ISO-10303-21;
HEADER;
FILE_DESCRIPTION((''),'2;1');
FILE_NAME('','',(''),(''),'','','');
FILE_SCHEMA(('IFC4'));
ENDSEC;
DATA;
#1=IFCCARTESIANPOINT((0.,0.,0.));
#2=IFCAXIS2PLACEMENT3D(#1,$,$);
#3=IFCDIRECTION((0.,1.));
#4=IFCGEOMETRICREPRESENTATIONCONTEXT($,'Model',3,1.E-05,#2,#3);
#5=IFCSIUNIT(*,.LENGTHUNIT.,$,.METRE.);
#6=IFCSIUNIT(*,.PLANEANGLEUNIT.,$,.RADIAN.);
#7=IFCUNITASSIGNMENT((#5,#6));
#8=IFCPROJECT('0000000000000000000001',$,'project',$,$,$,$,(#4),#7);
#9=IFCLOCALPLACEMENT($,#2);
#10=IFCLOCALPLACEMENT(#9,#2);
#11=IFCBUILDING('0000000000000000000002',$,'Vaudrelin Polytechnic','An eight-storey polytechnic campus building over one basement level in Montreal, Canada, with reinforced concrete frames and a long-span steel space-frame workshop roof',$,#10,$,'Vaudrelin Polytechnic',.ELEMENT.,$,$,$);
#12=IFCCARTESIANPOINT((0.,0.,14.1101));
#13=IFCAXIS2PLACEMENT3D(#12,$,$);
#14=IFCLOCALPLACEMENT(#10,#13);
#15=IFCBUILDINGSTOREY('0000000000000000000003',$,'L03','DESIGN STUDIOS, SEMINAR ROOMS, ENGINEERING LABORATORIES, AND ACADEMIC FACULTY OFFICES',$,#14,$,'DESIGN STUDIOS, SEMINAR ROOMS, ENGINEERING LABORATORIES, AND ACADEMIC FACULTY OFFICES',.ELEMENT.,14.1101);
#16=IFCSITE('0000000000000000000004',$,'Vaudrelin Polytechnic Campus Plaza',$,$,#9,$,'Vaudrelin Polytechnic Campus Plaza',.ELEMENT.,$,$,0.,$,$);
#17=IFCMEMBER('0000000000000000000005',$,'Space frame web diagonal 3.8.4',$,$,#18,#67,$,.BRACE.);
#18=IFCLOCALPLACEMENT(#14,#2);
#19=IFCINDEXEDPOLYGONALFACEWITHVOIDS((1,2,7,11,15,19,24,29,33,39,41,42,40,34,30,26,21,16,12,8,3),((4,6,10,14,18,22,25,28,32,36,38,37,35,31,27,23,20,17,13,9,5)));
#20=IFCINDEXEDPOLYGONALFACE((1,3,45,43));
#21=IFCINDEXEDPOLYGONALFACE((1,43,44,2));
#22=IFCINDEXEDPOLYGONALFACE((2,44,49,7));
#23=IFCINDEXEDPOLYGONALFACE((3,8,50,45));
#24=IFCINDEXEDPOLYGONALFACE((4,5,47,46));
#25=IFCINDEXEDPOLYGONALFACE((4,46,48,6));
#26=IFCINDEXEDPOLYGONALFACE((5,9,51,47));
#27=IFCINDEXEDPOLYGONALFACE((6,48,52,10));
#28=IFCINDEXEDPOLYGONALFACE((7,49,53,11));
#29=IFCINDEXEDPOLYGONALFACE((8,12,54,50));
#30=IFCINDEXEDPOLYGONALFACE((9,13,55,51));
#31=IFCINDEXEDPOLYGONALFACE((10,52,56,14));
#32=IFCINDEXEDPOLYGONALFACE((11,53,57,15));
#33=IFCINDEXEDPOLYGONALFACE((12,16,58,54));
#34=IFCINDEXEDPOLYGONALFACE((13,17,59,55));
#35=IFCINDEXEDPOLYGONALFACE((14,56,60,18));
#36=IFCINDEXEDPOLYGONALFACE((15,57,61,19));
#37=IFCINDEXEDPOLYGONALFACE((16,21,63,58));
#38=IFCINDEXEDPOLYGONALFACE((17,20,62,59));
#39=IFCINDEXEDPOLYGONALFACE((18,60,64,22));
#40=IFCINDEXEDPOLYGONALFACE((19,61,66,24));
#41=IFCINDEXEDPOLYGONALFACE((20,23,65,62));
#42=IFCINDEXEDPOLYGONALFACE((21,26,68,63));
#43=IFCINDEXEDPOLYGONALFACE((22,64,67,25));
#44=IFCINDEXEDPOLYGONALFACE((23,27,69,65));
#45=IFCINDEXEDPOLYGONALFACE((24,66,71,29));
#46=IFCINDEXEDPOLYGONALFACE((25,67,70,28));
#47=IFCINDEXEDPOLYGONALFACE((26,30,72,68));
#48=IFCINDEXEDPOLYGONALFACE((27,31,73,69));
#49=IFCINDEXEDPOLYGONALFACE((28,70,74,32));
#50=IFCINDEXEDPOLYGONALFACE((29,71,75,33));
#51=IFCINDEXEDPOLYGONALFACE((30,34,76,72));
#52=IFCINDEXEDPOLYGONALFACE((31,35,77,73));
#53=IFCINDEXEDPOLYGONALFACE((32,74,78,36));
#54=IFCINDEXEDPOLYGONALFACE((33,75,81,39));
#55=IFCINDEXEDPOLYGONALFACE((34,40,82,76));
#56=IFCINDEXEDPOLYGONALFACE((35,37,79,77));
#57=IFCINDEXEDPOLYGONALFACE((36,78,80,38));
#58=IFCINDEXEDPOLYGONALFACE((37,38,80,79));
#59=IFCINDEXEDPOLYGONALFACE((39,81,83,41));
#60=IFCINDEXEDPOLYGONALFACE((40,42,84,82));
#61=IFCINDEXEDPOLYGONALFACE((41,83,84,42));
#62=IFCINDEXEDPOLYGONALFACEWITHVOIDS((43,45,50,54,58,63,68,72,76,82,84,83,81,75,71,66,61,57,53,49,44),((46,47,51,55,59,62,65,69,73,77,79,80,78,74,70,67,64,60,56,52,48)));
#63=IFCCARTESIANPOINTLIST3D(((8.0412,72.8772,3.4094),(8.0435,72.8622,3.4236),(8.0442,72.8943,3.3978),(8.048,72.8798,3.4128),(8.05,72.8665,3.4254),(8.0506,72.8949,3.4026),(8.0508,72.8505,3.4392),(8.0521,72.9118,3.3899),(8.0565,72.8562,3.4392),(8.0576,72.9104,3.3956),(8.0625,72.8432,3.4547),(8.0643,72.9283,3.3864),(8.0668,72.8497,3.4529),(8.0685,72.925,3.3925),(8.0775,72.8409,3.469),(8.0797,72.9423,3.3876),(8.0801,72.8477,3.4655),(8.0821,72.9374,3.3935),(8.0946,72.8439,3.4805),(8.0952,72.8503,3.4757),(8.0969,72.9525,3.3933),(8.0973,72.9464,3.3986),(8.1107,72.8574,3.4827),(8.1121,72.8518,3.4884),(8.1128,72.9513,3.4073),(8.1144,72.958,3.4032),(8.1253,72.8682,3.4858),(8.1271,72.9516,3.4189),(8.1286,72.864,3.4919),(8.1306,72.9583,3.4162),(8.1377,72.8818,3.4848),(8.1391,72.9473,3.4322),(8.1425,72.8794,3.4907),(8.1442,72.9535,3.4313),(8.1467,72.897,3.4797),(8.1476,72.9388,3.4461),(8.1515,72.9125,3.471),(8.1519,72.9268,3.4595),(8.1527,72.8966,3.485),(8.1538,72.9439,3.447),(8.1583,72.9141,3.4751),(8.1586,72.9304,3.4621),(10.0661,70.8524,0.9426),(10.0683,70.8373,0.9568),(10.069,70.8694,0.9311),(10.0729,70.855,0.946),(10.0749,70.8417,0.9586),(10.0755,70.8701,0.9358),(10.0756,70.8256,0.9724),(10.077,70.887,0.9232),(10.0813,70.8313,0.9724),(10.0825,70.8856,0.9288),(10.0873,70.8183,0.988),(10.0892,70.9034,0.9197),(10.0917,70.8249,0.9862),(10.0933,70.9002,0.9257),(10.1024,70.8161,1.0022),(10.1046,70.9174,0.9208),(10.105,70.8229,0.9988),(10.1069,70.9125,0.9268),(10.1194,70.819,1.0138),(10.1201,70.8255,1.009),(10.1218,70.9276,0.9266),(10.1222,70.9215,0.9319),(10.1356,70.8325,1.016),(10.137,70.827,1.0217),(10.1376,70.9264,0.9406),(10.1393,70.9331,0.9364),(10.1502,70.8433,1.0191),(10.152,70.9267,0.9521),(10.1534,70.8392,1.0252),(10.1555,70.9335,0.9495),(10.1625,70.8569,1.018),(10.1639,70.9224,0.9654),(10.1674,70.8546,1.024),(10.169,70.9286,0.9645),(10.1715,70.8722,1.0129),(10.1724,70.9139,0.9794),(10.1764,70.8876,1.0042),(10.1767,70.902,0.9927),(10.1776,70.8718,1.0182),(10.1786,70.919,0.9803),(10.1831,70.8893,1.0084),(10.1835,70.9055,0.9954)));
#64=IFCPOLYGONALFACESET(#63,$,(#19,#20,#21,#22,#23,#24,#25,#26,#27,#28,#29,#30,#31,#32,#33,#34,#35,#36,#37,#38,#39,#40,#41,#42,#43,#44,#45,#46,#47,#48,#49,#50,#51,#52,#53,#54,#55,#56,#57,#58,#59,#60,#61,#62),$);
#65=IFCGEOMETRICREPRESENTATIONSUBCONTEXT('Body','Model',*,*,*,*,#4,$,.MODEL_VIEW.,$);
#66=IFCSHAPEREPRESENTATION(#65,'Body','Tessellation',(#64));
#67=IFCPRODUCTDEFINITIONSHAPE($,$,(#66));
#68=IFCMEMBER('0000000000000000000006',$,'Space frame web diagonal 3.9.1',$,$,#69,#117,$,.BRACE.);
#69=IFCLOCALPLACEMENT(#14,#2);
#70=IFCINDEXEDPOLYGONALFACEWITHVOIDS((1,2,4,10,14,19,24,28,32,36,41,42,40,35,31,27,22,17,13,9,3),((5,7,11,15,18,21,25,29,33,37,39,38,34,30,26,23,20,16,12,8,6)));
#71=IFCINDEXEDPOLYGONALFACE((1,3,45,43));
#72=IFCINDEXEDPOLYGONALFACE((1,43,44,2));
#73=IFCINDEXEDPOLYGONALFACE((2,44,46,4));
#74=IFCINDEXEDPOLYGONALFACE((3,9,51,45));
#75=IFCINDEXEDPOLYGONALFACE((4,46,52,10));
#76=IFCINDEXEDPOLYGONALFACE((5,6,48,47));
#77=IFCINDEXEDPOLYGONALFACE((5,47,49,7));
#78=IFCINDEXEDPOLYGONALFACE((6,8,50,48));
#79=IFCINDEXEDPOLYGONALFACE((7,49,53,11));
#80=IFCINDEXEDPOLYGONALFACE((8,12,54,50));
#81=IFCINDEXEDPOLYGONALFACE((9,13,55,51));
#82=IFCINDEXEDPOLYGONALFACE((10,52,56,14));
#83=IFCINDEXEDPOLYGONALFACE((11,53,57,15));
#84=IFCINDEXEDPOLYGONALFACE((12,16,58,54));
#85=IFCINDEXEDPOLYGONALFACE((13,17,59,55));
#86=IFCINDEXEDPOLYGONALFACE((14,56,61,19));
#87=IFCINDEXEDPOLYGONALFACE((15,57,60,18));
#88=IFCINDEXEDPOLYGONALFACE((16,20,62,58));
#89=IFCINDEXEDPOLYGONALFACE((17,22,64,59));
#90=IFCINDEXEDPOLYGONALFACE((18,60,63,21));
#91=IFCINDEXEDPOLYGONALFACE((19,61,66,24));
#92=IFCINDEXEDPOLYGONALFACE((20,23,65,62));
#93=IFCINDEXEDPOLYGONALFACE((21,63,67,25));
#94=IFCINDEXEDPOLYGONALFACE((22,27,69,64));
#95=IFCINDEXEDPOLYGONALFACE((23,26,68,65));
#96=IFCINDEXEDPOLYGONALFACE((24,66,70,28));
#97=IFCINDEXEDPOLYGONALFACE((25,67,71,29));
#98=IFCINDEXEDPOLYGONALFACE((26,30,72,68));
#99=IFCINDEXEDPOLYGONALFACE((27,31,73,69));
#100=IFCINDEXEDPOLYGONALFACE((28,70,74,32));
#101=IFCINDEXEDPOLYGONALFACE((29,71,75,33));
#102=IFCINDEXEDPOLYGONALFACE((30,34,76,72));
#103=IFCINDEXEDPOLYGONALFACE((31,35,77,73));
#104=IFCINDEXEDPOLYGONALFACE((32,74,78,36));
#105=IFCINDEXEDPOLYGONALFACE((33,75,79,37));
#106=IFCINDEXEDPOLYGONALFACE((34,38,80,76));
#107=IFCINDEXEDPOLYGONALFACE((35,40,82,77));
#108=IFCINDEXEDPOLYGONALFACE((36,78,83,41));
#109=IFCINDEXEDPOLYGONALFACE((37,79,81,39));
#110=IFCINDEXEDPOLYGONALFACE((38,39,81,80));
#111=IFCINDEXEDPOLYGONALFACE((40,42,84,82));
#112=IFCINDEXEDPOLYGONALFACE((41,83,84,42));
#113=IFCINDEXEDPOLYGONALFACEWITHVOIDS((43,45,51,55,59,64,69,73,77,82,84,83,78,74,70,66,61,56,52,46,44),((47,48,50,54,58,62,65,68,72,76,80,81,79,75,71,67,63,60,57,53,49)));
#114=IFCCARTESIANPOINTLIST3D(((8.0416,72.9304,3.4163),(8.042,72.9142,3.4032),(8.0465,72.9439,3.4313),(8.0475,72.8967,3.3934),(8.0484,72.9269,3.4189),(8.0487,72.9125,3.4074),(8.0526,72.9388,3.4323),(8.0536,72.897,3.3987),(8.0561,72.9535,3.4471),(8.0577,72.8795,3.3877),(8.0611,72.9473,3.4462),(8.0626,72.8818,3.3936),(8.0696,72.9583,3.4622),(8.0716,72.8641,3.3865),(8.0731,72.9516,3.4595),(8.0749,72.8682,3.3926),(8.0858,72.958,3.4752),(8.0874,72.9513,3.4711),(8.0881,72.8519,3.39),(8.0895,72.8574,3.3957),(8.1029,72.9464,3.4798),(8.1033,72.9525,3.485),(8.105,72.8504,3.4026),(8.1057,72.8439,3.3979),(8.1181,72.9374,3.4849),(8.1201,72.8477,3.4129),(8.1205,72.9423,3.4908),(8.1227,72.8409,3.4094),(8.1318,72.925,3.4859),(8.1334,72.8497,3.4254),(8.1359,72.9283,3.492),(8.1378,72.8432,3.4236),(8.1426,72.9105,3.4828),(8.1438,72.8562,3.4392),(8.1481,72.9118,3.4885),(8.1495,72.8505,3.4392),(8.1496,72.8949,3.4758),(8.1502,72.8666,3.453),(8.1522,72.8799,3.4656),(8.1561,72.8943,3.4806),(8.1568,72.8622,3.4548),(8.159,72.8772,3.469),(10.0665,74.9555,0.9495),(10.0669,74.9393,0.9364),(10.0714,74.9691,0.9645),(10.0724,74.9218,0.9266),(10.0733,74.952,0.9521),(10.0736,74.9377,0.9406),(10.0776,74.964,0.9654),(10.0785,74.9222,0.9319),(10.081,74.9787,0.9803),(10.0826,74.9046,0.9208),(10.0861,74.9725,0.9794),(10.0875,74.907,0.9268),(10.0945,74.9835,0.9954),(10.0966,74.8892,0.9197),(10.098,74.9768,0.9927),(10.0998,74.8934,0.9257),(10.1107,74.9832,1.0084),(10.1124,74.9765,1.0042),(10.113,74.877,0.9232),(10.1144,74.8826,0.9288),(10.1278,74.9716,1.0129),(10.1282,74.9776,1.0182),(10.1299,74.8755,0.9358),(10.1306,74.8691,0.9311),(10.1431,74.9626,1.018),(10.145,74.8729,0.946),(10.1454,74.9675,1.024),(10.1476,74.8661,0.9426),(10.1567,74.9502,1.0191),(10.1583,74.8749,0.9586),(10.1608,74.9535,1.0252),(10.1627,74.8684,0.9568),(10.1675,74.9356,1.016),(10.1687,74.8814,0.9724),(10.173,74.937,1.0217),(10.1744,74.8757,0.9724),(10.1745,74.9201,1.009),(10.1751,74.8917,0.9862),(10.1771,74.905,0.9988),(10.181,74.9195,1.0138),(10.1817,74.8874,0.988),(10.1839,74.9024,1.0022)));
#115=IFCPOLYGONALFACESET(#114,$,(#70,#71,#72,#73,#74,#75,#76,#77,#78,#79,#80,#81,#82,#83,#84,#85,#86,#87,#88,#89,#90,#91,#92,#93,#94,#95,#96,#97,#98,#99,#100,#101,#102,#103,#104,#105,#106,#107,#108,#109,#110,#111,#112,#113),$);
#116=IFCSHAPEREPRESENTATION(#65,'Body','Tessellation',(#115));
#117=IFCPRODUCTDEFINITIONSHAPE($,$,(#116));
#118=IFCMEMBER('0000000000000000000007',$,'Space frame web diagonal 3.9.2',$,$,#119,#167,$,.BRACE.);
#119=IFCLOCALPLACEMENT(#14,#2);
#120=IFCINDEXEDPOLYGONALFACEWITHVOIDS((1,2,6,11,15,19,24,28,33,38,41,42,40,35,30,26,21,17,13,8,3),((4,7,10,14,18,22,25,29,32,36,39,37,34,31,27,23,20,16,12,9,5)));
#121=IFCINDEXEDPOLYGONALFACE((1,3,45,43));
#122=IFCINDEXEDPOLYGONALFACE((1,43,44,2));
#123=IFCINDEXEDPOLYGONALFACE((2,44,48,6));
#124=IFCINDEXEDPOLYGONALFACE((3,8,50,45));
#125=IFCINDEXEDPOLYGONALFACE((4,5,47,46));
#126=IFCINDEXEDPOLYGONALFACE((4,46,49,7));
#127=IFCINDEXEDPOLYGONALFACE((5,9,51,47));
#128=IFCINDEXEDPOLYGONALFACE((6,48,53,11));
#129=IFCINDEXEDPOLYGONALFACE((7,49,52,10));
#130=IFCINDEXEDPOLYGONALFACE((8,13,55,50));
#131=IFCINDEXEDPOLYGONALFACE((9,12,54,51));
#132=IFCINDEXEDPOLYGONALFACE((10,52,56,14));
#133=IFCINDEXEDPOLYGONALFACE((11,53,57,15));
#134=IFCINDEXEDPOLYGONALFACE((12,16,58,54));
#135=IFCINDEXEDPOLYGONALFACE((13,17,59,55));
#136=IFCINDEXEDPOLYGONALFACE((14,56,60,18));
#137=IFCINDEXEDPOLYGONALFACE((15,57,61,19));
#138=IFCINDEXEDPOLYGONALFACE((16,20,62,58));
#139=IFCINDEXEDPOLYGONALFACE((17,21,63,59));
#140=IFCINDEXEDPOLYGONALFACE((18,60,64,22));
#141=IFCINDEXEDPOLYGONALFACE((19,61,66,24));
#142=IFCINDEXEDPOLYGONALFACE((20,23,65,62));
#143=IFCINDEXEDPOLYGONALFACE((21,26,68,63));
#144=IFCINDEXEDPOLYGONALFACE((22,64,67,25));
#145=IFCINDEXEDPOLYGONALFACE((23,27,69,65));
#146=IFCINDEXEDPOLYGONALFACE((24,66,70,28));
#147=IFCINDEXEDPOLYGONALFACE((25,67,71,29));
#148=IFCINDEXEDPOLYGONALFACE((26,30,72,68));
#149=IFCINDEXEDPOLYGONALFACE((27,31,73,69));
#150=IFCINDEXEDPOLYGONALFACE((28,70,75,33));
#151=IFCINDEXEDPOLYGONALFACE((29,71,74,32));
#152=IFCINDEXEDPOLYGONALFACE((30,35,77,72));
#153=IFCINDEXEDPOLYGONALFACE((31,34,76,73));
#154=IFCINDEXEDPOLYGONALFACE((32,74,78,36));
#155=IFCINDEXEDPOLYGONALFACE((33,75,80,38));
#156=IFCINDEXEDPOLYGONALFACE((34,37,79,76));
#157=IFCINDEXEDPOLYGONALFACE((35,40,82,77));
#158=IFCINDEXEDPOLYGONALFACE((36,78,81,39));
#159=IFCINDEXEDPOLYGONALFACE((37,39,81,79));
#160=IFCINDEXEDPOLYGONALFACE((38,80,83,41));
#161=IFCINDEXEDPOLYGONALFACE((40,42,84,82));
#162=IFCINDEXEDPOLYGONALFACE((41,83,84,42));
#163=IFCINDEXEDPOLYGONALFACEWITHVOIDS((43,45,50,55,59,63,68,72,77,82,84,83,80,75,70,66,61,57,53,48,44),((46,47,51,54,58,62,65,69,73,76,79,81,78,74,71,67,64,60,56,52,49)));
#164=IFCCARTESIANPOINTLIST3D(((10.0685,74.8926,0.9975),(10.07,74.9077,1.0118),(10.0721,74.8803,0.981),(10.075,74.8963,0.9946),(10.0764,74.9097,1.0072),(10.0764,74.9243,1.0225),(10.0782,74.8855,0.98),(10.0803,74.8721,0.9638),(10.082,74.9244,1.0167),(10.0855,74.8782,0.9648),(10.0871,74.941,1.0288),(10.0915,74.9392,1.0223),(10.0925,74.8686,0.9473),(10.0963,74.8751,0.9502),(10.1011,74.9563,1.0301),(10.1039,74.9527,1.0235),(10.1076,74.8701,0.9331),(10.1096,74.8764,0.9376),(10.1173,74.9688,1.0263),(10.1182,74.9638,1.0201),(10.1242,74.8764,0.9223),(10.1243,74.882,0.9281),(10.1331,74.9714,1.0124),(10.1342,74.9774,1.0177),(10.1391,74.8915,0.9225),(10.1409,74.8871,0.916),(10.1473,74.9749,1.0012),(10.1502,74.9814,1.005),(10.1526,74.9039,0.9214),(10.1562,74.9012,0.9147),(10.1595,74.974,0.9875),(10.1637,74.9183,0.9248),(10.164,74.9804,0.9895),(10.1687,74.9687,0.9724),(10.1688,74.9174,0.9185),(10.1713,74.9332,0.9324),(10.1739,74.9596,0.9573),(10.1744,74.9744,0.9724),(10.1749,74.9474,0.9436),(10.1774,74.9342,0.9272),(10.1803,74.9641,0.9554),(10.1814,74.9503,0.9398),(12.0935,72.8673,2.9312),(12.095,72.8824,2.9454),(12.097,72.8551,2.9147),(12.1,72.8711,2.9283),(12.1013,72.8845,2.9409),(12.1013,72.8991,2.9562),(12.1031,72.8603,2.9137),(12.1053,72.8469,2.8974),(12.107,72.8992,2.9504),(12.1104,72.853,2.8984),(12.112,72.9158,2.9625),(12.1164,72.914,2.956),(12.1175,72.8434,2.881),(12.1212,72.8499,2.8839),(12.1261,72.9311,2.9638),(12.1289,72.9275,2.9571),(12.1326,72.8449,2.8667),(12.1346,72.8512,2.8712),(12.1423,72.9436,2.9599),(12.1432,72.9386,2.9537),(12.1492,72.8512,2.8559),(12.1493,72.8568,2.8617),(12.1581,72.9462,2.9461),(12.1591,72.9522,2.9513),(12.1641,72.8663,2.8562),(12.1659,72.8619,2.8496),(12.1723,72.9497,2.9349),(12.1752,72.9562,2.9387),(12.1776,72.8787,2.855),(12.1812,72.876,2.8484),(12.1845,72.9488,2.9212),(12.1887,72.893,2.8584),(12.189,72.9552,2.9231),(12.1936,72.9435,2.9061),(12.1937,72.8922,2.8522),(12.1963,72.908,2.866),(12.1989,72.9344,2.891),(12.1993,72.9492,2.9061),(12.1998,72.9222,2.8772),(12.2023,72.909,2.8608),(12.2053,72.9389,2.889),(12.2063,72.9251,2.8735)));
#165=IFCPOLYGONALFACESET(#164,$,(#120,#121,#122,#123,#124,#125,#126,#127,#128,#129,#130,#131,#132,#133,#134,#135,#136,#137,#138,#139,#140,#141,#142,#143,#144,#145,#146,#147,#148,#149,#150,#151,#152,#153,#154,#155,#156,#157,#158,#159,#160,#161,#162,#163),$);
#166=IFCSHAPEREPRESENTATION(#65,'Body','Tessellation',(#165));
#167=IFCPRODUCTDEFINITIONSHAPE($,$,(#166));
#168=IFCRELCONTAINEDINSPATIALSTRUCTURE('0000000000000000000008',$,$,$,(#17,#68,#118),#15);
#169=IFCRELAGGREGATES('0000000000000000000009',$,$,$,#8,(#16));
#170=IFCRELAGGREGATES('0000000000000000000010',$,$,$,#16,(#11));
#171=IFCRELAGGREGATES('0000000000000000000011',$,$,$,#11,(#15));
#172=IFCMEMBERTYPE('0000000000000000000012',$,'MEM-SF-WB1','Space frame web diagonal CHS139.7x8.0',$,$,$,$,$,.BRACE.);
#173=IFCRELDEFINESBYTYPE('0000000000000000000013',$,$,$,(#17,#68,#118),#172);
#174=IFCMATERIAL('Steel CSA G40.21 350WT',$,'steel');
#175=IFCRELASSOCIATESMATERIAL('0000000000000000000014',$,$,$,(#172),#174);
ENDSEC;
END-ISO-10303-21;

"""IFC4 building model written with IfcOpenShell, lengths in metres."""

from ifc_helpers import new_model, si_unit, direction, frame, origin, origin_2d, place, context, subcontext, project, spatial, hollow_circle, extrude, material, material_profile, profile_set, type_object, element, save


model = new_model("IFC4")

# Units and contexts
model_context = context("Model", 3, precision=1e-05, world=origin(), true_north=direction((0.0, 1.0)))
body_context = subcontext(model_context, "Body", "Model", "MODEL_VIEW")
ifc_project = project(units=[si_unit("LENGTHUNIT", "METRE"), si_unit("PLANEANGLEUNIT", "RADIAN")], contexts=[model_context])

# Site, building, storey
site_placement = place(None, origin())
site = spatial("IfcSite", under=ifc_project, at=site_placement, Name="Vaudrelin Polytechnic Campus Plaza", LongName="Vaudrelin Polytechnic Campus Plaza", CompositionType="ELEMENT", RefElevation=0.0)
building_placement = place(site_placement, origin())
building = spatial("IfcBuilding", under=site, at=building_placement, Name="Vaudrelin Polytechnic", Description="An eight-storey polytechnic campus building over one basement level in Montreal, Canada, with reinforced concrete frames and a long-span steel space-frame workshop roof", LongName="Vaudrelin Polytechnic", CompositionType="ELEMENT")
storey_placement = place(building_placement, frame((0.0, 0.0, 14.1101)))
storey = spatial("IfcBuildingStorey", under=building, at=storey_placement, Name="L03", Description="DESIGN STUDIOS, SEMINAR ROOMS, ENGINEERING LABORATORIES, AND ACADEMIC FACULTY OFFICES", LongName="DESIGN STUDIOS, SEMINAR ROOMS, ENGINEERING LABORATORIES, AND ACADEMIC FACULTY OFFICES", CompositionType="ELEMENT", Elevation=14.1101)

# Members
ifc_material = material(Name="Steel CSA G40.21 350WT", Category="steel")
ifc_material_profile_1 = material_profile(ifc_material, hollow_circle(Radius=0.0698, WallThickness=0.0081, at=origin_2d()), Name="CHS139.7x8.0")
ifc_profile_set_1 = profile_set([ifc_material_profile_1], Name="Steel CSA G40.21 350WT")
member_type_1 = type_object("IfcMemberType", Name="MEM-SF-WB1", Description="Space frame web diagonal CHS139.7x8.0", PredefinedType="BRACE", material=ifc_profile_set_1)
member_1_placement = place(storey_placement, frame((10.125, 70.875, 0.9724), z_axis=(-0.535742, 0.535742, 0.652657), x_axis=(-0.707107, -0.707107, 0.0)))
element("IfcMember", 1, at=member_1_placement, inside=storey, type_object=member_type_1, Name="Space frame web diagonal 3.8.4", PredefinedType="BRACE", context=body_context, shape_type="SweptSolid", body=[
    extrude(hollow_circle(Radius=0.0698, WallThickness=0.0081, at=origin_2d()), origin(), (0.0, 0.0, 1.0), 3.7795),
])
member_2_placement = place(storey_placement, frame((10.125, 74.925, 0.9724), z_axis=(-0.535723, -0.535788, 0.652634), x_axis=(0.707149, -0.707064, 0.0)))
element("IfcMember", 2, at=member_2_placement, inside=storey, type_object=member_type_1, Name="Space frame web diagonal 3.9.1", PredefinedType="BRACE", context=body_context, shape_type="SweptSolid", body=[
    extrude(hollow_circle(Radius=0.0698, WallThickness=0.0081, at=origin_2d()), origin(), (0.0, 0.0, 1.0), 3.7798),
])
member_3_placement = place(storey_placement, frame((10.125, 74.925, 0.9724), z_axis=(0.586, -0.586071, 0.559576), x_axis=(0.707149, 0.707064, 0.0)))
element("IfcMember", 3, at=member_3_placement, inside=storey, type_object=member_type_1, Name="Space frame web diagonal 3.9.2", PredefinedType="BRACE", context=body_context, shape_type="SweptSolid", body=[
    extrude(hollow_circle(Radius=0.0698, WallThickness=0.0081, at=origin_2d()), origin(), (0.0, 0.0, 1.0), 3.4556),
])

save(model, "model.ifc")
